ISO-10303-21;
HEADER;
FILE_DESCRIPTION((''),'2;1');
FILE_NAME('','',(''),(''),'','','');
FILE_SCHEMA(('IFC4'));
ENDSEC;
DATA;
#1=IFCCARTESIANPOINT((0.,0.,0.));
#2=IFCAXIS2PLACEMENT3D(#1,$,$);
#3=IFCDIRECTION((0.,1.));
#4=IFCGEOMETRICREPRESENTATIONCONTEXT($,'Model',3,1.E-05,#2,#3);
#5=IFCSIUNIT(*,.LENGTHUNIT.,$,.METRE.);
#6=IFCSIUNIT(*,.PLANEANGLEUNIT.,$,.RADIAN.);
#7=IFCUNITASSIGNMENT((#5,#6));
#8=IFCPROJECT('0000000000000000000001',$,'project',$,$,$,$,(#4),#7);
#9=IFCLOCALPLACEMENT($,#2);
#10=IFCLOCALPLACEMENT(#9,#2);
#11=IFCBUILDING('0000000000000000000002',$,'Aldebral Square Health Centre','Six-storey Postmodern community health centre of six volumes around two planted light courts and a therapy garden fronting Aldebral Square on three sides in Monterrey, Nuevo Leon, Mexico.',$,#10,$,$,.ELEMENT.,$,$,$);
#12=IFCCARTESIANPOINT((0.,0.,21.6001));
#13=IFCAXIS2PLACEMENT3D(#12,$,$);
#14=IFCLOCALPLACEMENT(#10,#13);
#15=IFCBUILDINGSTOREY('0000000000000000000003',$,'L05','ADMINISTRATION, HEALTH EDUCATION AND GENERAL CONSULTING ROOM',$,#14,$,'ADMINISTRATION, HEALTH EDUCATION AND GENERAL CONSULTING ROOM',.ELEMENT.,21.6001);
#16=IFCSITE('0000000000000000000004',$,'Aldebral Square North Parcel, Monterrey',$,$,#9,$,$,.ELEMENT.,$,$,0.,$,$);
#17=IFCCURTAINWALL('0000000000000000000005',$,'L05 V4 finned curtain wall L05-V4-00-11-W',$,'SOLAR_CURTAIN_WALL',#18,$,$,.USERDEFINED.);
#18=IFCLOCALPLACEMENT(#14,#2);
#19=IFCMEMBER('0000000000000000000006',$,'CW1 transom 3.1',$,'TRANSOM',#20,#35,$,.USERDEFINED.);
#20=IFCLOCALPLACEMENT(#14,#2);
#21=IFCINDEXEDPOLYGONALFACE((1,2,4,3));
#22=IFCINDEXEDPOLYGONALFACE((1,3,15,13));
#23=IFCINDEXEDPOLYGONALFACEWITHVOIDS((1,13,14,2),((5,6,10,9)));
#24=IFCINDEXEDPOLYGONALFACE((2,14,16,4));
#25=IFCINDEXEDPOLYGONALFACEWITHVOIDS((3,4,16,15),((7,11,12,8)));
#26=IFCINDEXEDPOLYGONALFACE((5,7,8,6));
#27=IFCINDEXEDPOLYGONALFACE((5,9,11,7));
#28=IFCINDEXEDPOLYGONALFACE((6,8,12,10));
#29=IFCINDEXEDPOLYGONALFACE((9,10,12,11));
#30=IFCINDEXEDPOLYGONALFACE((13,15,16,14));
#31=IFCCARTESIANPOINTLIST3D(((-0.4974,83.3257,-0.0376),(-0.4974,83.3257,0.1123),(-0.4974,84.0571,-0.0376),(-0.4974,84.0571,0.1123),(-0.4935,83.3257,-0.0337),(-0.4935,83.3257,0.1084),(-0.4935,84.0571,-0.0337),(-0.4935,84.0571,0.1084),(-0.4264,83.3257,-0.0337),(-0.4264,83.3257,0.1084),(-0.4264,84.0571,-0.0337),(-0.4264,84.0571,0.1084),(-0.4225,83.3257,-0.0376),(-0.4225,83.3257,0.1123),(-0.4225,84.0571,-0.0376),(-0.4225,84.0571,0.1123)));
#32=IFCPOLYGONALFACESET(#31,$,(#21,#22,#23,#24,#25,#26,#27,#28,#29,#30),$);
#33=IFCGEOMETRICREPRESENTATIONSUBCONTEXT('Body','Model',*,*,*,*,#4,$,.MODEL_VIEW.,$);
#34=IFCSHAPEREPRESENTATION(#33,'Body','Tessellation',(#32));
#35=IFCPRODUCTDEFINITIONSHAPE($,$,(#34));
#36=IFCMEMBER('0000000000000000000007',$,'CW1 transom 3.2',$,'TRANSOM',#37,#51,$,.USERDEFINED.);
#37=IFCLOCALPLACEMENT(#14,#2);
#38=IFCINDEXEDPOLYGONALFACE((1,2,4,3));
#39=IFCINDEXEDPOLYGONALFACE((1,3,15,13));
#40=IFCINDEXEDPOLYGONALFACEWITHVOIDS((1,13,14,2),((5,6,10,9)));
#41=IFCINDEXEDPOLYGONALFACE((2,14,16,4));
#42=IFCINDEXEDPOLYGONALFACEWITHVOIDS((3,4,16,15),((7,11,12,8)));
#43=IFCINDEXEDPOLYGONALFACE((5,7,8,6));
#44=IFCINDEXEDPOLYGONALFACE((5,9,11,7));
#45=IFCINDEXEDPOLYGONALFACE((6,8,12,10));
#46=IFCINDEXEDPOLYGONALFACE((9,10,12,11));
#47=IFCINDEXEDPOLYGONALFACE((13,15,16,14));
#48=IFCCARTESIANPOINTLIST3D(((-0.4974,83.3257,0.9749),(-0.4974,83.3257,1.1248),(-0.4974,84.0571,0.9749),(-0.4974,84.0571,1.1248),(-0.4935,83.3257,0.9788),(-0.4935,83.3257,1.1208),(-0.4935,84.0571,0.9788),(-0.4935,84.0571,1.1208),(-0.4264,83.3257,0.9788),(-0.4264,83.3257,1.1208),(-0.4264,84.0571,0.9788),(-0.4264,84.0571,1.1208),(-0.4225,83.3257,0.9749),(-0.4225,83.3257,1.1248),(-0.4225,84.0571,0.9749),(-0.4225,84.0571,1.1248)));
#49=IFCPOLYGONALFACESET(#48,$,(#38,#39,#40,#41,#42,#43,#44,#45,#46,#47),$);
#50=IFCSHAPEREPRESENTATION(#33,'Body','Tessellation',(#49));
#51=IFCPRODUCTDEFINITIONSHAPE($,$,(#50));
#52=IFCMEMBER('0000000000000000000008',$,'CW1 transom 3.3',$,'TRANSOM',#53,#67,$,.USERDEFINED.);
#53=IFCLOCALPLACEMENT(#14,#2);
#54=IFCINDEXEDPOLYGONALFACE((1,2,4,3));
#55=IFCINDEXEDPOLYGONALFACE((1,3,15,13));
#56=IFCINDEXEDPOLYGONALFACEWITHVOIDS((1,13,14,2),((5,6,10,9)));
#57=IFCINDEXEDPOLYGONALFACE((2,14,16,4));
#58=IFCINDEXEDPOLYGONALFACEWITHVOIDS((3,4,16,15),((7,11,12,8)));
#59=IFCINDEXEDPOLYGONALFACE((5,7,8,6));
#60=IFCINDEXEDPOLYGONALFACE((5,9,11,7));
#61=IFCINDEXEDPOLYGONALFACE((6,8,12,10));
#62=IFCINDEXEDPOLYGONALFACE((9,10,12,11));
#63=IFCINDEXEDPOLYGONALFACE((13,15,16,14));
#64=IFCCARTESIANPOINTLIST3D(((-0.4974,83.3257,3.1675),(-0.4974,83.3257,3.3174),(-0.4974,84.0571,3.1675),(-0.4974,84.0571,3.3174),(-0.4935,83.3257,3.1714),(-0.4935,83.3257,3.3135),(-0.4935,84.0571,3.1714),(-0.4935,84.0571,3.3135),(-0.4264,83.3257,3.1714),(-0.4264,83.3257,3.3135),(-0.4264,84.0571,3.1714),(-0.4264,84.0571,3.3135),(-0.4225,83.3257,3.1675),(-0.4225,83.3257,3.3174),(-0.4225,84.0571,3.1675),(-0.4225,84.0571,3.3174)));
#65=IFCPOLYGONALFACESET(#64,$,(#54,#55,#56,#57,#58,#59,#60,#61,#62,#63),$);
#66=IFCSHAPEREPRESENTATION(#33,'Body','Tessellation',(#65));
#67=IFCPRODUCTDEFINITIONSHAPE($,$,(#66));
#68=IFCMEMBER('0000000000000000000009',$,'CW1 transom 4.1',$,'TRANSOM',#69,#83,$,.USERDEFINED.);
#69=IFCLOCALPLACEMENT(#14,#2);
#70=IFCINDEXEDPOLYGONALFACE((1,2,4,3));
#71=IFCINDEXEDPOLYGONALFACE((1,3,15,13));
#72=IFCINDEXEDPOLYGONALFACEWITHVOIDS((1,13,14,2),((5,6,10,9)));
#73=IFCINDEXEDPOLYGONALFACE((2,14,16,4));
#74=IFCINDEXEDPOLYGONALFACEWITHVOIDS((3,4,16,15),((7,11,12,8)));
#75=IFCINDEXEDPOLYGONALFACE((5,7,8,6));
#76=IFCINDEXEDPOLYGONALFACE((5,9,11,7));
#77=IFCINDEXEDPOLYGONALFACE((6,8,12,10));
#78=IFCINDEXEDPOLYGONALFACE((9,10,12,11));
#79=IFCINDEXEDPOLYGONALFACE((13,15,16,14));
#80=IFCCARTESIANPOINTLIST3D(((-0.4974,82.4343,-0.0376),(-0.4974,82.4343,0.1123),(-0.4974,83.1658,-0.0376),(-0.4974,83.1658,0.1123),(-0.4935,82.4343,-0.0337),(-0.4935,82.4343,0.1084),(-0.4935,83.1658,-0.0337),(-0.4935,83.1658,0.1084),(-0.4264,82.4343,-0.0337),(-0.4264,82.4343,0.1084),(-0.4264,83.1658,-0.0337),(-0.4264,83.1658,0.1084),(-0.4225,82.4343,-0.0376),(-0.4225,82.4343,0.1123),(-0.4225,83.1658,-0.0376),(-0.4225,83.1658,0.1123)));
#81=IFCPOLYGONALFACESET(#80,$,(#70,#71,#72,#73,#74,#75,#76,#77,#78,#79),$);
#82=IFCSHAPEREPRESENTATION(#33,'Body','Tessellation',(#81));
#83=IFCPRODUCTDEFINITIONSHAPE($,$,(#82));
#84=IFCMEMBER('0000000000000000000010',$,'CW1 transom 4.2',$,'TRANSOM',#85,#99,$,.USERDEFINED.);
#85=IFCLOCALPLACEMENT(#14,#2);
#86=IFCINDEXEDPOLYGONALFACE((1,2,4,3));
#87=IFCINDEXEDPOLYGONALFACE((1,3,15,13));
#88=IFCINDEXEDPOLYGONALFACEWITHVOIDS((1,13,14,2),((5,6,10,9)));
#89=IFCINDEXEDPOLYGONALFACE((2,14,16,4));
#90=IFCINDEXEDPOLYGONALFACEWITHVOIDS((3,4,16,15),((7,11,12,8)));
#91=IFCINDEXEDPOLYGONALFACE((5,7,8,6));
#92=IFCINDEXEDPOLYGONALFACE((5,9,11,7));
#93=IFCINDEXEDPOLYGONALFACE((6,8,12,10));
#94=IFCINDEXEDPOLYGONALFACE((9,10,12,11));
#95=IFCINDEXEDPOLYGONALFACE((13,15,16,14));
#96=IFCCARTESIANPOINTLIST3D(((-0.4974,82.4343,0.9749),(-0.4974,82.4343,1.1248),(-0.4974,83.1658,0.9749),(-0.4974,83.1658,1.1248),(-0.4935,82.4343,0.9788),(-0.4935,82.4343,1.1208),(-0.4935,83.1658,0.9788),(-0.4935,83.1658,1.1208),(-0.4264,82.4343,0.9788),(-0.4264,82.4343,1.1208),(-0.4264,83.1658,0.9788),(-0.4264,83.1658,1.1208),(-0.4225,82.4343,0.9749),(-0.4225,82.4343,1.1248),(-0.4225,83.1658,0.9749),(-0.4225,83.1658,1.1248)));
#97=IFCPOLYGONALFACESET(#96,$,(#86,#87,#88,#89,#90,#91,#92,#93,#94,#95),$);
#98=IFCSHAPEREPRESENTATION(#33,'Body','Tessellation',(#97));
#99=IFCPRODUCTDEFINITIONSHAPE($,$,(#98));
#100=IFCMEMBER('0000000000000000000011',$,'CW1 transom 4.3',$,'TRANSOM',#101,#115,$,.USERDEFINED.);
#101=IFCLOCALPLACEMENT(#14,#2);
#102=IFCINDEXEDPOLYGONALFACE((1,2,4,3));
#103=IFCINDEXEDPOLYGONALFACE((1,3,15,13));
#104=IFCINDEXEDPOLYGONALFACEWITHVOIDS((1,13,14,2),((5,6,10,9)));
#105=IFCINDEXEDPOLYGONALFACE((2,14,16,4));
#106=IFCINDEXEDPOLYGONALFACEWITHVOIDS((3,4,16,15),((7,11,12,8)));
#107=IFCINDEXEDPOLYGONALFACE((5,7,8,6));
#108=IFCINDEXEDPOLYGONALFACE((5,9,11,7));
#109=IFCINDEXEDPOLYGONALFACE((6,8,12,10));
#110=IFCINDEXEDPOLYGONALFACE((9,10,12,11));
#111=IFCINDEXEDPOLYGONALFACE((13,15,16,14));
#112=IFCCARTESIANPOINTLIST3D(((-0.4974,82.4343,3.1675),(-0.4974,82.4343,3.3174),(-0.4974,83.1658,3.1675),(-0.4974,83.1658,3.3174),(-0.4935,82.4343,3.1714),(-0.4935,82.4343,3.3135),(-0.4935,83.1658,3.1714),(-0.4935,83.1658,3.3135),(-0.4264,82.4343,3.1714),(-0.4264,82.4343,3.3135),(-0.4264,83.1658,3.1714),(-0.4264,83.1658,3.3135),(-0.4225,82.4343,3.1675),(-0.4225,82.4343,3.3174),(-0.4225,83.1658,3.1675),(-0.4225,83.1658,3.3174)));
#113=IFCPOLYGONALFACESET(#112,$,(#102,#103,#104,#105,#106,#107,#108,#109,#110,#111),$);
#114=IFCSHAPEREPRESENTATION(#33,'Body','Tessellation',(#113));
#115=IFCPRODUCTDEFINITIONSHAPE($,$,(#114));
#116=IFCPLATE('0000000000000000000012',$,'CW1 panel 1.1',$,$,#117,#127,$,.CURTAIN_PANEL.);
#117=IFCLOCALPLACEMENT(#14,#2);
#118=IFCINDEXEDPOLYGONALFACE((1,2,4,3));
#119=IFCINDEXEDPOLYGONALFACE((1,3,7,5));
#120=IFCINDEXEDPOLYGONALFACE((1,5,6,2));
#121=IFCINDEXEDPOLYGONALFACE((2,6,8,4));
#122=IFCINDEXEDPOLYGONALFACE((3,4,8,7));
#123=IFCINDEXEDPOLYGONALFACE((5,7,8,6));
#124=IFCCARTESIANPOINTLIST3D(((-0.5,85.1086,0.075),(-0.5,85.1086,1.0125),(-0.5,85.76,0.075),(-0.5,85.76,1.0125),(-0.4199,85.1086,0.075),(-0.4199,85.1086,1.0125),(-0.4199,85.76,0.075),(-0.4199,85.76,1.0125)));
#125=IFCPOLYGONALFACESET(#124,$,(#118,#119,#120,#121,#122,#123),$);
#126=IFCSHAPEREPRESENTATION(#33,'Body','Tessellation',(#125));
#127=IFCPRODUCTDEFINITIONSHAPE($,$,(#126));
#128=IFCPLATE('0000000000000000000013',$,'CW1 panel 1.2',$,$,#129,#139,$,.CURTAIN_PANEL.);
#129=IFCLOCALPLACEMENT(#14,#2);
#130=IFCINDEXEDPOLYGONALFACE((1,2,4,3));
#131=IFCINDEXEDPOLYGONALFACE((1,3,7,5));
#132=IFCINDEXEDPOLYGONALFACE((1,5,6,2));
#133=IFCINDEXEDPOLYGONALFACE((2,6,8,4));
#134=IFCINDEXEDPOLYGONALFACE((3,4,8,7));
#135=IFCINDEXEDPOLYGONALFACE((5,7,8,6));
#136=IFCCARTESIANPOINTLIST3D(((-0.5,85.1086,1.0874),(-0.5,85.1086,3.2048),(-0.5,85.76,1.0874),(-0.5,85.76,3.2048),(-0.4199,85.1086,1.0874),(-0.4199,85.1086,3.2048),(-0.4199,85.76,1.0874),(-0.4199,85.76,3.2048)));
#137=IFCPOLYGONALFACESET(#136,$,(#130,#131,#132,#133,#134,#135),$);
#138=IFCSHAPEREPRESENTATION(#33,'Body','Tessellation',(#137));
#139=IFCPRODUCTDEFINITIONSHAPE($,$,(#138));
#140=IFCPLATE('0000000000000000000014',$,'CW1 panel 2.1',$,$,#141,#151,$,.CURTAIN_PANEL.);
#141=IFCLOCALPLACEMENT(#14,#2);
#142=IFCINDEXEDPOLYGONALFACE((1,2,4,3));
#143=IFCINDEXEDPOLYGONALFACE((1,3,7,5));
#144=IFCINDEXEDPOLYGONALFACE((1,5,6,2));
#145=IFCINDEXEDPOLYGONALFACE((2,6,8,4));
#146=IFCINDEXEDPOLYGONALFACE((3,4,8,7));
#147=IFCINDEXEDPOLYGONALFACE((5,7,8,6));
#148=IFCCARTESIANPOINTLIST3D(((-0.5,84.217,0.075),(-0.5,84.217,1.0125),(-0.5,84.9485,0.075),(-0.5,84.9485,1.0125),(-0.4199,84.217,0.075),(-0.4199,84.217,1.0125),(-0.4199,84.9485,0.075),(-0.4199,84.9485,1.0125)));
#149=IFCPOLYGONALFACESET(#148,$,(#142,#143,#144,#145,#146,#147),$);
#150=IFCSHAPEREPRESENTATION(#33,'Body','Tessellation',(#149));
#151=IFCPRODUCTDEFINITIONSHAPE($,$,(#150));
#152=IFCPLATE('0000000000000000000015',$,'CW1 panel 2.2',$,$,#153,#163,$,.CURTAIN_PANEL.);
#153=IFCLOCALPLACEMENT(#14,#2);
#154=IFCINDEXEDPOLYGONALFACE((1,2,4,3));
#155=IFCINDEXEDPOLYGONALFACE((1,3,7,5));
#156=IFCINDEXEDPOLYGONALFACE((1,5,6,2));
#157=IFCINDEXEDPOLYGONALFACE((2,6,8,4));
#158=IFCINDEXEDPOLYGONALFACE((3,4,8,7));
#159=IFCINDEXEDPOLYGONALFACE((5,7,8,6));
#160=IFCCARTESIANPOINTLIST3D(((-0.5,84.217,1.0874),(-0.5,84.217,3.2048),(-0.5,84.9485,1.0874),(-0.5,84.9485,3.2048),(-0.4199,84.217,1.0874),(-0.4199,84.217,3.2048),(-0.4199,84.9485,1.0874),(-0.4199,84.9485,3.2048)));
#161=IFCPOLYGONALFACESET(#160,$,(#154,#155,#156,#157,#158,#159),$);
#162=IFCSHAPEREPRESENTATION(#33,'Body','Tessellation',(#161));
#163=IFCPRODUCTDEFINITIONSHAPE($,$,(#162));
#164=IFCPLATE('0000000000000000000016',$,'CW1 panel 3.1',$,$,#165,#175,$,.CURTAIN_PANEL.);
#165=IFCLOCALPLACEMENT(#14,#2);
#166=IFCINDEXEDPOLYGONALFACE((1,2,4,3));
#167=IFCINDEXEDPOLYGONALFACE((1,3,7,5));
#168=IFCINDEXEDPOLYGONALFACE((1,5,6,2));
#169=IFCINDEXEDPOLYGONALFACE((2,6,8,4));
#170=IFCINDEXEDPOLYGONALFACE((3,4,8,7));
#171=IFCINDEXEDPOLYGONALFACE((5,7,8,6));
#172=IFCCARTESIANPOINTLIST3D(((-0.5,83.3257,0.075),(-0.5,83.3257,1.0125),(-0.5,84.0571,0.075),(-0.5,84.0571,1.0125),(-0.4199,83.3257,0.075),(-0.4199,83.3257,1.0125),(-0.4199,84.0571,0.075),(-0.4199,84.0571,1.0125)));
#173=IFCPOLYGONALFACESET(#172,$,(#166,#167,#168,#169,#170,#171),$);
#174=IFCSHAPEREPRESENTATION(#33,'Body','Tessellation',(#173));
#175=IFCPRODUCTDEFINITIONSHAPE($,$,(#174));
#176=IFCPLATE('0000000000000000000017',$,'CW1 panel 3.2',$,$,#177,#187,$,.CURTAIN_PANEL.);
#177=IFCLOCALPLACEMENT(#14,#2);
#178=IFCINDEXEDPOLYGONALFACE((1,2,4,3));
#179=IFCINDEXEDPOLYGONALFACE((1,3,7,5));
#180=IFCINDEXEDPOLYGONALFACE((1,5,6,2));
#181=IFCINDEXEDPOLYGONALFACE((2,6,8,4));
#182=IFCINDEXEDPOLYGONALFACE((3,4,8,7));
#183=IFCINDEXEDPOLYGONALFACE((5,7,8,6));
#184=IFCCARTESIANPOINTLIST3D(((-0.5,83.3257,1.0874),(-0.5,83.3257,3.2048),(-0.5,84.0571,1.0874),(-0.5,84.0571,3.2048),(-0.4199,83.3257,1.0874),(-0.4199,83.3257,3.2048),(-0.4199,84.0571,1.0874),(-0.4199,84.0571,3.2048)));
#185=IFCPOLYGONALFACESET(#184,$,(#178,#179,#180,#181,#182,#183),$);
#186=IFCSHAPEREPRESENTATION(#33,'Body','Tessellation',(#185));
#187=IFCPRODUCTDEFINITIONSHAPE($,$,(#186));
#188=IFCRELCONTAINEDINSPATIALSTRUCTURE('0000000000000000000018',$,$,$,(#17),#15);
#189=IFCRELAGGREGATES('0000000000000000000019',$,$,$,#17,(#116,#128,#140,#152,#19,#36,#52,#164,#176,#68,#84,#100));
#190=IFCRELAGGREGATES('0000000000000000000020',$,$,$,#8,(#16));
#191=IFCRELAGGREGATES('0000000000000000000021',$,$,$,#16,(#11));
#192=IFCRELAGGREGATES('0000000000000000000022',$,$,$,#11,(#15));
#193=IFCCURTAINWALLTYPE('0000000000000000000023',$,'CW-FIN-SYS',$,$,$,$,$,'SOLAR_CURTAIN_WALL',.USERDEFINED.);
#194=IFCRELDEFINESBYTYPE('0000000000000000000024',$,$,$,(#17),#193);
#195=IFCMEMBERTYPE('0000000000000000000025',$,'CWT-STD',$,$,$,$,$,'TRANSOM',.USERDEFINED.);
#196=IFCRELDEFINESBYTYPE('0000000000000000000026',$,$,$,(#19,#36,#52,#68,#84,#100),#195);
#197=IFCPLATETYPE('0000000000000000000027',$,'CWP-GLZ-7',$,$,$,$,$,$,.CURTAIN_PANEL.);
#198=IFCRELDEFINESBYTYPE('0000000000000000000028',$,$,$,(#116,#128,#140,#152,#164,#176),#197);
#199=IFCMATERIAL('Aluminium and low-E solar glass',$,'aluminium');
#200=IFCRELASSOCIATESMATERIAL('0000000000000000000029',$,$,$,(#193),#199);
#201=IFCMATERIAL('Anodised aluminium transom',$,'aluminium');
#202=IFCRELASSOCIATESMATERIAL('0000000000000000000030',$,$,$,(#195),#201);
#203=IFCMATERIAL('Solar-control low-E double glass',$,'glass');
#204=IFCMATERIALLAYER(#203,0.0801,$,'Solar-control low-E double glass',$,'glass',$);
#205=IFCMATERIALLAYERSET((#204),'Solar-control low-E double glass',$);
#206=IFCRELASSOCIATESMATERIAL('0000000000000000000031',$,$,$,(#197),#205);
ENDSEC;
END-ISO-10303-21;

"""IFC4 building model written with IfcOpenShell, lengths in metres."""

from ifc_helpers import new_model, si_unit, direction, frame, origin, origin_2d, place, context, subcontext, project, spatial, rectangle, hollow_rectangle, extrude, material, layer, layer_set, material_profile, profile_set, type_object, element, aggregate, save


model = new_model("IFC4")

# Units and contexts
model_context = context("Model", 3, precision=1e-05, world=origin(), true_north=direction((0.0, 1.0)))
body_context = subcontext(model_context, "Body", "Model", "MODEL_VIEW")
ifc_project = project(units=[si_unit("LENGTHUNIT", "METRE"), si_unit("PLANEANGLEUNIT", "RADIAN")], contexts=[model_context])

# Site, building, storey
site_placement = place(None, origin())
site = spatial("IfcSite", under=ifc_project, at=site_placement, Name="Aldebral Square North Parcel, Monterrey", CompositionType="ELEMENT", RefElevation=0.0)
building_placement = place(site_placement, origin())
building = spatial("IfcBuilding", under=site, at=building_placement, Name="Aldebral Square Health Centre", Description="Six-storey Postmodern community health centre of six volumes around two planted light courts and a therapy garden fronting Aldebral Square on three sides in Monterrey, Nuevo Leon, Mexico.", CompositionType="ELEMENT")
storey_placement = place(building_placement, frame((0.0, 0.0, 21.6001)))
storey = spatial("IfcBuildingStorey", under=building, at=storey_placement, Name="L05", Description="ADMINISTRATION, HEALTH EDUCATION AND GENERAL CONSULTING ROOM", LongName="ADMINISTRATION, HEALTH EDUCATION AND GENERAL CONSULTING ROOM", CompositionType="ELEMENT", Elevation=21.6001)

# Curtain wall
ifc_material_1 = material(Name="Aluminium and low-E solar glass", Category="aluminium")
curtain_wall_type = type_object("IfcCurtainWallType", Name="CW-FIN-SYS", ElementType="SOLAR_CURTAIN_WALL", PredefinedType="USERDEFINED", material=ifc_material_1)
curtain_wall_1_placement = place(storey_placement, origin())
curtain_wall_1 = element("IfcCurtainWall", 1, at=curtain_wall_1_placement, inside=storey, type_object=curtain_wall_type, Name="L05 V4 finned curtain wall L05-V4-00-11-W", ObjectType="SOLAR_CURTAIN_WALL", PredefinedType="USERDEFINED")

# Members
ifc_material_2 = material(Name="Anodised aluminium transom", Category="aluminium")
ifc_material_profile_1 = material_profile(ifc_material_2, hollow_rectangle(XDim=0.075, YDim=0.1499, WallThickness=0.0039, at=origin_2d()), Name="CWT 75x150x4")
ifc_profile_set_1 = profile_set([ifc_material_profile_1], Name="Anodised aluminium transom")
member_type_1 = type_object("IfcMemberType", Name="CWT-STD", ElementType="TRANSOM", PredefinedType="USERDEFINED", material=ifc_profile_set_1)
member_1_placement = place(storey_placement, frame((-0.46, 84.0571, 0.0374), z_axis=(0.0, -1.0, 0.0), x_axis=(1.0, 0.0, 0.0)))
member_1 = element("IfcMember", 2, at=member_1_placement, type_object=member_type_1, Name="CW1 transom 3.1", ObjectType="TRANSOM", PredefinedType="USERDEFINED", context=body_context, shape_type="SweptSolid", body=[
    extrude(hollow_rectangle(XDim=0.075, YDim=0.1499, WallThickness=0.0039, at=origin_2d()), origin(), (0.0, 0.0, 1.0), 0.7314),
])
member_2_placement = place(storey_placement, frame((-0.46, 84.0571, 1.0498), z_axis=(0.0, -1.0, 0.0), x_axis=(1.0, 0.0, 0.0)))
member_2 = element("IfcMember", 3, at=member_2_placement, type_object=member_type_1, Name="CW1 transom 3.2", ObjectType="TRANSOM", PredefinedType="USERDEFINED", context=body_context, shape_type="SweptSolid", body=[
    extrude(hollow_rectangle(XDim=0.075, YDim=0.1499, WallThickness=0.0039, at=origin_2d()), origin(), (0.0, 0.0, 1.0), 0.7314),
])
member_3_placement = place(storey_placement, frame((-0.46, 84.0571, 3.2424), z_axis=(0.0, -1.0, 0.0), x_axis=(1.0, 0.0, 0.0)))
member_3 = element("IfcMember", 4, at=member_3_placement, type_object=member_type_1, Name="CW1 transom 3.3", ObjectType="TRANSOM", PredefinedType="USERDEFINED", context=body_context, shape_type="SweptSolid", body=[
    extrude(hollow_rectangle(XDim=0.075, YDim=0.1499, WallThickness=0.0039, at=origin_2d()), origin(), (0.0, 0.0, 1.0), 0.7314),
])
member_4_placement = place(storey_placement, frame((-0.46, 83.1658, 0.0374), z_axis=(0.0, -1.0, 0.0), x_axis=(1.0, 0.0, 0.0)))
member_4 = element("IfcMember", 5, at=member_4_placement, type_object=member_type_1, Name="CW1 transom 4.1", ObjectType="TRANSOM", PredefinedType="USERDEFINED", context=body_context, shape_type="SweptSolid", body=[
    extrude(hollow_rectangle(XDim=0.075, YDim=0.1499, WallThickness=0.0039, at=origin_2d()), origin(), (0.0, 0.0, 1.0), 0.7314),
])
member_5_placement = place(storey_placement, frame((-0.46, 83.1658, 1.0498), z_axis=(0.0, -1.0, 0.0), x_axis=(1.0, 0.0, 0.0)))
member_5 = element("IfcMember", 6, at=member_5_placement, type_object=member_type_1, Name="CW1 transom 4.2", ObjectType="TRANSOM", PredefinedType="USERDEFINED", context=body_context, shape_type="SweptSolid", body=[
    extrude(hollow_rectangle(XDim=0.075, YDim=0.1499, WallThickness=0.0039, at=origin_2d()), origin(), (0.0, 0.0, 1.0), 0.7314),
])
member_6_placement = place(storey_placement, frame((-0.46, 83.1658, 3.2424), z_axis=(0.0, -1.0, 0.0), x_axis=(1.0, 0.0, 0.0)))
member_6 = element("IfcMember", 7, at=member_6_placement, type_object=member_type_1, Name="CW1 transom 4.3", ObjectType="TRANSOM", PredefinedType="USERDEFINED", context=body_context, shape_type="SweptSolid", body=[
    extrude(hollow_rectangle(XDim=0.075, YDim=0.1499, WallThickness=0.0039, at=origin_2d()), origin(), (0.0, 0.0, 1.0), 0.7314),
])

# Plates
ifc_material_3 = material(Name="Solar-control low-E double glass", Category="glass")
ifc_layer = layer(ifc_material_3, 0.0801, Name="Solar-control low-E double glass", Category="glass")
ifc_layer_set = layer_set([ifc_layer], Name="Solar-control low-E double glass")
plate_type = type_object("IfcPlateType", Name="CWP-GLZ-7", PredefinedType="CURTAIN_PANEL", material=ifc_layer_set)
plate_1_placement = place(storey_placement, frame((-0.46, 85.4343, 0.075), z_axis=(0.0, 0.0, 1.0), x_axis=(0.0, -1.0, 0.0)))
plate_1 = element("IfcPlate", 8, at=plate_1_placement, type_object=plate_type, Name="CW1 panel 1.1", PredefinedType="CURTAIN_PANEL", context=body_context, shape_type="SweptSolid", body=[
    extrude(rectangle(XDim=0.6514, YDim=0.0801, at=origin_2d()), origin(), (0.0, 0.0, 1.0), 0.9375),
])
plate_2_placement = place(storey_placement, frame((-0.46, 85.4343, 1.0874), z_axis=(0.0, 0.0, 1.0), x_axis=(0.0, -1.0, 0.0)))
plate_2 = element("IfcPlate", 9, at=plate_2_placement, type_object=plate_type, Name="CW1 panel 1.2", PredefinedType="CURTAIN_PANEL", context=body_context, shape_type="SweptSolid", body=[
    extrude(rectangle(XDim=0.6514, YDim=0.0801, at=origin_2d()), origin(), (0.0, 0.0, 1.0), 2.1174),
])
plate_3_placement = place(storey_placement, frame((-0.46, 84.5828, 0.075), z_axis=(0.0, 0.0, 1.0), x_axis=(0.0, -1.0, 0.0)))
plate_3 = element("IfcPlate", 10, at=plate_3_placement, type_object=plate_type, Name="CW1 panel 2.1", PredefinedType="CURTAIN_PANEL", context=body_context, shape_type="SweptSolid", body=[
    extrude(rectangle(XDim=0.7314, YDim=0.0801, at=origin_2d()), origin(), (0.0, 0.0, 1.0), 0.9375),
])
plate_4_placement = place(storey_placement, frame((-0.46, 84.5828, 1.0874), z_axis=(0.0, 0.0, 1.0), x_axis=(0.0, -1.0, 0.0)))
plate_4 = element("IfcPlate", 11, at=plate_4_placement, type_object=plate_type, Name="CW1 panel 2.2", PredefinedType="CURTAIN_PANEL", context=body_context, shape_type="SweptSolid", body=[
    extrude(rectangle(XDim=0.7314, YDim=0.0801, at=origin_2d()), origin(), (0.0, 0.0, 1.0), 2.1174),
])
plate_5_placement = place(storey_placement, frame((-0.46, 83.6914, 0.075), z_axis=(0.0, 0.0, 1.0), x_axis=(0.0, -1.0, 0.0)))
plate_5 = element("IfcPlate", 12, at=plate_5_placement, type_object=plate_type, Name="CW1 panel 3.1", PredefinedType="CURTAIN_PANEL", context=body_context, shape_type="SweptSolid", body=[
    extrude(rectangle(XDim=0.7314, YDim=0.0801, at=origin_2d()), origin(), (0.0, 0.0, 1.0), 0.9375),
])
plate_6_placement = place(storey_placement, frame((-0.46, 83.6914, 1.0874), z_axis=(0.0, 0.0, 1.0), x_axis=(0.0, -1.0, 0.0)))
plate_6 = element("IfcPlate", 13, at=plate_6_placement, type_object=plate_type, Name="CW1 panel 3.2", PredefinedType="CURTAIN_PANEL", context=body_context, shape_type="SweptSolid", body=[
    extrude(rectangle(XDim=0.7314, YDim=0.0801, at=origin_2d()), origin(), (0.0, 0.0, 1.0), 2.1174),
])
aggregate(curtain_wall_1, [plate_1, plate_2, plate_3, plate_4, member_1, member_2, member_3, plate_5, plate_6, member_4, member_5, member_6])

save(model, "model.ifc")
